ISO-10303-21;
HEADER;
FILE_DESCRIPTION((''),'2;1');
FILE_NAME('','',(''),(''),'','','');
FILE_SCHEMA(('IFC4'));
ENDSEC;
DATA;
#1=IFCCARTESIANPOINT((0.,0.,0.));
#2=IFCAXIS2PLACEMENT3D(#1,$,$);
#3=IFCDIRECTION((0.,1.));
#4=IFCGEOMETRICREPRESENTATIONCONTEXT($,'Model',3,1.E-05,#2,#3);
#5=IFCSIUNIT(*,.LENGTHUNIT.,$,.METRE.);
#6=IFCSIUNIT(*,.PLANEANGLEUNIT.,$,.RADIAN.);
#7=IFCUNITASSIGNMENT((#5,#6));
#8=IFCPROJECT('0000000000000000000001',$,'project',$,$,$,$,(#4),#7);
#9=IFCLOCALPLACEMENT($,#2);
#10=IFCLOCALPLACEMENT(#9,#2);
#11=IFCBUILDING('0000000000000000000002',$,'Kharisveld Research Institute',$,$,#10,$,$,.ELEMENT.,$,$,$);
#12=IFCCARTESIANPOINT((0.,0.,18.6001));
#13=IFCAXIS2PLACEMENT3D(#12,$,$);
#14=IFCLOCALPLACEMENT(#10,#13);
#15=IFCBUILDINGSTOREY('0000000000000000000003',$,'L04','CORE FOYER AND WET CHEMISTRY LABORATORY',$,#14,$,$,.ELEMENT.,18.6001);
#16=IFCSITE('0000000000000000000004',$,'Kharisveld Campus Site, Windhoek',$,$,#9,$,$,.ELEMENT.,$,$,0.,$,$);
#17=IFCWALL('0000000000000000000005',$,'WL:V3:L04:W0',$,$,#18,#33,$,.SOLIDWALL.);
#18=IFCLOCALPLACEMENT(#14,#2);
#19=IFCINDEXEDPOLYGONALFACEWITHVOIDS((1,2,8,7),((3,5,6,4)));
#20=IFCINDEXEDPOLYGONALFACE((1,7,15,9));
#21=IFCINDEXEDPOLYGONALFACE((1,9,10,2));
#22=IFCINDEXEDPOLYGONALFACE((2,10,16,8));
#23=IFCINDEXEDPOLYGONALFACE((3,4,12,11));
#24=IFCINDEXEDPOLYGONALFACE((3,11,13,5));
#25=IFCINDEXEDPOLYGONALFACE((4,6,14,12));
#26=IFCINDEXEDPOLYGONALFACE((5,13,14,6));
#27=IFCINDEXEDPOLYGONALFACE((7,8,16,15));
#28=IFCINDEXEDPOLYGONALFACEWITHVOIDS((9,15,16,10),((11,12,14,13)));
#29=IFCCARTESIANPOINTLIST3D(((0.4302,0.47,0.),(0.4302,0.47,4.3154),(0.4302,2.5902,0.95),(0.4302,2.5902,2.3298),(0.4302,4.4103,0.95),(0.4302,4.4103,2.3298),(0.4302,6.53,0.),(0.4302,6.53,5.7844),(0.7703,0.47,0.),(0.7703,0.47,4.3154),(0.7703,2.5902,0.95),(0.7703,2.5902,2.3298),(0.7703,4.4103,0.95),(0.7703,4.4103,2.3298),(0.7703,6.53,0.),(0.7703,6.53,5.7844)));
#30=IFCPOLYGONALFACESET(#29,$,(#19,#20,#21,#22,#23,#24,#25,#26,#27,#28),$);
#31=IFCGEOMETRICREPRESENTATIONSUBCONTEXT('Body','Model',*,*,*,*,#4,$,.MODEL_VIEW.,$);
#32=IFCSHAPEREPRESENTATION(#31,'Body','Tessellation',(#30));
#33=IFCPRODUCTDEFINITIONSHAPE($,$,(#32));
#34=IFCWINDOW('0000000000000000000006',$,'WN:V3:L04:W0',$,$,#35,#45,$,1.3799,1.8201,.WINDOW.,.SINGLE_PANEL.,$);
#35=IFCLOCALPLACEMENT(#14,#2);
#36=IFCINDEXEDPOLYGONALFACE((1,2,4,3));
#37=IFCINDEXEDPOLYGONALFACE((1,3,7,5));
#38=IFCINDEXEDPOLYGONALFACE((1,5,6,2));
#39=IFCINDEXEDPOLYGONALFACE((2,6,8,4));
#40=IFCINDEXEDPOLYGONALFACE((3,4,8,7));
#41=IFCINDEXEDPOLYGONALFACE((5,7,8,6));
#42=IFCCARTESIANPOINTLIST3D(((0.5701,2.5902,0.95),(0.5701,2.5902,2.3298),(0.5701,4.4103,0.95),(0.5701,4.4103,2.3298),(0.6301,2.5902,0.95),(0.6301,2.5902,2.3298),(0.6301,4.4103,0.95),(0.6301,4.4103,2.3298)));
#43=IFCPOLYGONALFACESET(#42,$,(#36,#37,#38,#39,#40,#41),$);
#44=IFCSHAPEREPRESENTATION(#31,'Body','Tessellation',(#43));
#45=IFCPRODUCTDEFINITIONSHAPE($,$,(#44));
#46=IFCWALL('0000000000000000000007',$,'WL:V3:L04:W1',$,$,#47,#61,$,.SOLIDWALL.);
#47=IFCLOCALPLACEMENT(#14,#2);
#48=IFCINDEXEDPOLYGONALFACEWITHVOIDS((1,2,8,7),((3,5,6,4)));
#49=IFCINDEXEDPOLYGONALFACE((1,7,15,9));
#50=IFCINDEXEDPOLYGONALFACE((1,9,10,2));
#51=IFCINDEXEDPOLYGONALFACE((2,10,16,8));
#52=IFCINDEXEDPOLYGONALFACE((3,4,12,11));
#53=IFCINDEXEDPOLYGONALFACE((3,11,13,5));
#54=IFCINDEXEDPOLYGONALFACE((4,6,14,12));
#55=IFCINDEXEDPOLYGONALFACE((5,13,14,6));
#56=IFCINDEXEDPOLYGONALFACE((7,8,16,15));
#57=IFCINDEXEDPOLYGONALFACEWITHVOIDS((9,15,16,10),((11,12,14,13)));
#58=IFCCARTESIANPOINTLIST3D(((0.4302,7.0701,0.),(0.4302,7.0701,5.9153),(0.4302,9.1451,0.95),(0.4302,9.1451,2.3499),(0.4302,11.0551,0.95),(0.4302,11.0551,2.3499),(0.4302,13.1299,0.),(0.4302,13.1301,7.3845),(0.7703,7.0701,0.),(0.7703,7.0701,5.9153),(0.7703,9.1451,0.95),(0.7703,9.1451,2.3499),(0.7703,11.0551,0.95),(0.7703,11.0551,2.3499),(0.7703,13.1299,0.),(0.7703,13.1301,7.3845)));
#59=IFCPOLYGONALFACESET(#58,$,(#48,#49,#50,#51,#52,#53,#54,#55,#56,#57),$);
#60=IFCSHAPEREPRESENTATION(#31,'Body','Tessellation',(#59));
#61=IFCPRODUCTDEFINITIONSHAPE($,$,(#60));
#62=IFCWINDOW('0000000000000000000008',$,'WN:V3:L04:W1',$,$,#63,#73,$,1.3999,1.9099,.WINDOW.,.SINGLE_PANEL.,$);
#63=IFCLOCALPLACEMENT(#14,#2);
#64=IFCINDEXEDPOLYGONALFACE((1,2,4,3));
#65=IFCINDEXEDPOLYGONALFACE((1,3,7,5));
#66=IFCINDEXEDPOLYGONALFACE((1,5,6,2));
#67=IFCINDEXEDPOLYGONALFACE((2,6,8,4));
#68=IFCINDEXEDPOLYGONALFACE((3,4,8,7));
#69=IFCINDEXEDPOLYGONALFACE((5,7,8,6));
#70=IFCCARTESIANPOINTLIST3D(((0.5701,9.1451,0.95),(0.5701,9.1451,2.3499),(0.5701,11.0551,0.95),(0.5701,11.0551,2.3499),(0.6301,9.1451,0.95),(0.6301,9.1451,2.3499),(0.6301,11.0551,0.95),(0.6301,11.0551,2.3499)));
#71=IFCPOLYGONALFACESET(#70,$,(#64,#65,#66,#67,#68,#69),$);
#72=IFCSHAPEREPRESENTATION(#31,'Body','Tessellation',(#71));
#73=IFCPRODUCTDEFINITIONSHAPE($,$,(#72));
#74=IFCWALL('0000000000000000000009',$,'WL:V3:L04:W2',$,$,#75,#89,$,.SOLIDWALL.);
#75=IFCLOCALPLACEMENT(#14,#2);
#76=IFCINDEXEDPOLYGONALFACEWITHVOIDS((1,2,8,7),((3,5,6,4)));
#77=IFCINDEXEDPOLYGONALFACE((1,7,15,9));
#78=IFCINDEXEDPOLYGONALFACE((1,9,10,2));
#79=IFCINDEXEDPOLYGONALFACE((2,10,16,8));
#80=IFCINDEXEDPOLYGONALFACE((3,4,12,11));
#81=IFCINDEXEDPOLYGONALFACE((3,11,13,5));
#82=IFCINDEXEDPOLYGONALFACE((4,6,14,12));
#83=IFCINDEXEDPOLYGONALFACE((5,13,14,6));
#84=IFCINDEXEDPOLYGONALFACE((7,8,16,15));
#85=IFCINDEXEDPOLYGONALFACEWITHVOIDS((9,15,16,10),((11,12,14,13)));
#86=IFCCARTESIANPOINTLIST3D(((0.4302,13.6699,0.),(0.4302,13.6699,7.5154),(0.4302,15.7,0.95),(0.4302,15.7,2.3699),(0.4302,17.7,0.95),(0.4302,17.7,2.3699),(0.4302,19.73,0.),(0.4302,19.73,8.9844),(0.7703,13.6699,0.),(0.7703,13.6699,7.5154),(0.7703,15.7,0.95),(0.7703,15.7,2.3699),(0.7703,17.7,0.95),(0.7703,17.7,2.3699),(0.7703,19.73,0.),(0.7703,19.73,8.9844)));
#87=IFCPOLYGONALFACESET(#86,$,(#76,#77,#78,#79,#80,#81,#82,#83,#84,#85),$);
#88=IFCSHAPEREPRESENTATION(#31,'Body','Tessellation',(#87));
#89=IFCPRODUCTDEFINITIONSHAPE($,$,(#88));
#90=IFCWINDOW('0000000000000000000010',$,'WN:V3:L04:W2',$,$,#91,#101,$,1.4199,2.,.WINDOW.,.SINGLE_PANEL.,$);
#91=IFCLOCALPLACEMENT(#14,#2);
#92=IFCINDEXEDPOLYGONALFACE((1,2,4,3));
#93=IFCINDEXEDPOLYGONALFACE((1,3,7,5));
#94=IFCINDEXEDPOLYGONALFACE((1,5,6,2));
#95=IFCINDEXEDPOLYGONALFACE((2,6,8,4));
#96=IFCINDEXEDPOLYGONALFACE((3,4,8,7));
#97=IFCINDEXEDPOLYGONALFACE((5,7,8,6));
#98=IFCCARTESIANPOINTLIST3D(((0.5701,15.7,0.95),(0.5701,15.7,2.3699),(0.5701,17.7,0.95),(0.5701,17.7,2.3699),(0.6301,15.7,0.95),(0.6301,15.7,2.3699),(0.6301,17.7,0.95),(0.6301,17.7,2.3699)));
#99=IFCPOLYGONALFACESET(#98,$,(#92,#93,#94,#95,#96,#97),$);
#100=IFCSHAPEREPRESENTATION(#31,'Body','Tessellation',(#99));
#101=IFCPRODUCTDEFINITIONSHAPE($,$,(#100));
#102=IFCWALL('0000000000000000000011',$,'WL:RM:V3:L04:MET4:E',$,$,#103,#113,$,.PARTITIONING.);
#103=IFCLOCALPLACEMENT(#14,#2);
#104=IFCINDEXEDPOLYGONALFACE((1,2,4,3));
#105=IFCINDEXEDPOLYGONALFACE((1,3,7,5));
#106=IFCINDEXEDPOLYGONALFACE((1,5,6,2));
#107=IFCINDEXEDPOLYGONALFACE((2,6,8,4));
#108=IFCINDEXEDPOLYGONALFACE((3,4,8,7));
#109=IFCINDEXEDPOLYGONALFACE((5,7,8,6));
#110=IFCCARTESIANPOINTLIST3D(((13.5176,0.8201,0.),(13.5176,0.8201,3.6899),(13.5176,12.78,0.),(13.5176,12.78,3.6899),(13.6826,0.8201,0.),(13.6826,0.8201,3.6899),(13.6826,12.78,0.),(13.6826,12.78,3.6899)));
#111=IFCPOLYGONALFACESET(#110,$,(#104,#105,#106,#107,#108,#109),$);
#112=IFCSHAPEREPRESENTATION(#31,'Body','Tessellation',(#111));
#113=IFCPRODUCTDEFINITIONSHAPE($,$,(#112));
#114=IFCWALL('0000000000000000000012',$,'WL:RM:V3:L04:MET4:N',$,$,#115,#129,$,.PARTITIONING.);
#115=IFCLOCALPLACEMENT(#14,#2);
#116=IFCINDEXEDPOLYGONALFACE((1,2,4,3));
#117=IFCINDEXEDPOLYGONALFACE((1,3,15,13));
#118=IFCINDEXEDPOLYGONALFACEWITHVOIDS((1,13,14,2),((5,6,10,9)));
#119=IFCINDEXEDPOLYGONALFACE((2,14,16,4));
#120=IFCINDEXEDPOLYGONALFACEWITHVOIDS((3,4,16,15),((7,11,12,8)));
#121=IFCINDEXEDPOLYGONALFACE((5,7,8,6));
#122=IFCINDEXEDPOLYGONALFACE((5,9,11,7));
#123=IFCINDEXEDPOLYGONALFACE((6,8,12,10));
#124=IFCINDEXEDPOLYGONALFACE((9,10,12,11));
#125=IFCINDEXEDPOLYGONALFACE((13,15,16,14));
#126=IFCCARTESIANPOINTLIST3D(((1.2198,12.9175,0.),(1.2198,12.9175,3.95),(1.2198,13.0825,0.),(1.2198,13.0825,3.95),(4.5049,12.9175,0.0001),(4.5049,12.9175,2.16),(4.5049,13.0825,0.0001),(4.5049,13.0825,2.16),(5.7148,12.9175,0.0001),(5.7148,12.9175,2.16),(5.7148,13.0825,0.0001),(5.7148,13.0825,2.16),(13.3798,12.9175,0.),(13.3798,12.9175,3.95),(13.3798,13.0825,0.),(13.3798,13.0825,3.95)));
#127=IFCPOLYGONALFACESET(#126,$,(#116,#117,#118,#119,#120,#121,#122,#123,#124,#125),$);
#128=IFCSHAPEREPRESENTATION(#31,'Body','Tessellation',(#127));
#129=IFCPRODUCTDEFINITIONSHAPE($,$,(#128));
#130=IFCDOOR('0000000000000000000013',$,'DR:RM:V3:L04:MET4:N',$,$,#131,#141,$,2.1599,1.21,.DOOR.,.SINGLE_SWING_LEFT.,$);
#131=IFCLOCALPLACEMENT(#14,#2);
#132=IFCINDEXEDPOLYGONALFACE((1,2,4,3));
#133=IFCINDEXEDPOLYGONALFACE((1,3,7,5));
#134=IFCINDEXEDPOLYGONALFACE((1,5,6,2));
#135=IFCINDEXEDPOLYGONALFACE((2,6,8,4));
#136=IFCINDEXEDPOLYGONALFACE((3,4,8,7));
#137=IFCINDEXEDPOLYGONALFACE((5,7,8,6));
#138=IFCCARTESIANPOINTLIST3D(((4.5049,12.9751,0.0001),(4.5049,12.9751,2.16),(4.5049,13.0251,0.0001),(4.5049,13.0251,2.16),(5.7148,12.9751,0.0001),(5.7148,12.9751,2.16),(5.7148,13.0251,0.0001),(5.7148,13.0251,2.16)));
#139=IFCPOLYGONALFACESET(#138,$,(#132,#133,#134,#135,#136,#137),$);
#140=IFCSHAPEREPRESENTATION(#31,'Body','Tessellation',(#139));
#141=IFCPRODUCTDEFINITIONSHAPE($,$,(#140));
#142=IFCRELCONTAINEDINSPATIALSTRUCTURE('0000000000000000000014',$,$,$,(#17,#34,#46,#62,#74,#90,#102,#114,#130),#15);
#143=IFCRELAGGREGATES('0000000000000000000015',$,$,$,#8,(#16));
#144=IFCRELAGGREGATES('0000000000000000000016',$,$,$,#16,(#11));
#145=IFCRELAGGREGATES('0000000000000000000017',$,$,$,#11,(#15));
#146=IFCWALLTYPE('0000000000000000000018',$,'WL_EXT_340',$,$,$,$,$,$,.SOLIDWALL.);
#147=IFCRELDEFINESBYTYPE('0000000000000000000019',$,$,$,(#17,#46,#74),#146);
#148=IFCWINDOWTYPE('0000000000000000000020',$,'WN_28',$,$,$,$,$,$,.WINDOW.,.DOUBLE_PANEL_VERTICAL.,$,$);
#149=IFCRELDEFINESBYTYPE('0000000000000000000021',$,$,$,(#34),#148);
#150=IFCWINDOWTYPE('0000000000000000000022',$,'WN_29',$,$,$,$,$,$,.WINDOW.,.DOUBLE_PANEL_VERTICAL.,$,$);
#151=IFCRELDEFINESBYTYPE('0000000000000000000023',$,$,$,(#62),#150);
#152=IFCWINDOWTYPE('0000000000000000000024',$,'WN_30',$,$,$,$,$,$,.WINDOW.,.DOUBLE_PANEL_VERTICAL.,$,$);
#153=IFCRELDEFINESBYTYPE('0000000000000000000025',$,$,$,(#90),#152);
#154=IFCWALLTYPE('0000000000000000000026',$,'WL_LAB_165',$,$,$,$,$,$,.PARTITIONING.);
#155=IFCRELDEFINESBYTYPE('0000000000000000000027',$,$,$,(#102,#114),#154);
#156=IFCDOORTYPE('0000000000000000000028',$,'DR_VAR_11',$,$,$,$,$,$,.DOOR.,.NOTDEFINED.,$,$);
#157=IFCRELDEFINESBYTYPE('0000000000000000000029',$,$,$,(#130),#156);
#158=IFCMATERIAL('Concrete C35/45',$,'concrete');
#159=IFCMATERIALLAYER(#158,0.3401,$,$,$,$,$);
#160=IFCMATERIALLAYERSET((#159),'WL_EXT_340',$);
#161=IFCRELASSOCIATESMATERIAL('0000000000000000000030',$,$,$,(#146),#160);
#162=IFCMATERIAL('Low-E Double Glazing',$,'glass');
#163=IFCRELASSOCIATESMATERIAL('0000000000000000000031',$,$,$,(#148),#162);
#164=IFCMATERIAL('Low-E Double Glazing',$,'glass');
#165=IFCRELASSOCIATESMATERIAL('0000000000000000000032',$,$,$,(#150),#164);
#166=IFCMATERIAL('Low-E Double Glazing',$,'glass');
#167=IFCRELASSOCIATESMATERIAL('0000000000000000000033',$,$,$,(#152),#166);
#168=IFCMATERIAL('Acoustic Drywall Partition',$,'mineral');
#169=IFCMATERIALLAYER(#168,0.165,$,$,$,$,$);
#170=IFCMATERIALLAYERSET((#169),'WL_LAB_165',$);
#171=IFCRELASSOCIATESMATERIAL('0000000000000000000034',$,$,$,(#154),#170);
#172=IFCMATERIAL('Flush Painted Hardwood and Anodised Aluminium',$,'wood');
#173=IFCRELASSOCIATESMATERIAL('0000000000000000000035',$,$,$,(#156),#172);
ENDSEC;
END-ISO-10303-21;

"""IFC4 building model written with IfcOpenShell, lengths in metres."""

from ifc_helpers import new_model, si_unit, direction, frame, frame_2d, origin, place, context, subcontext, project, spatial, polyline, rectangle, outline, extrude, material, layer, layer_set, type_object, element, fill, save


model = new_model("IFC4")

# Units and contexts
model_context = context("Model", 3, precision=1e-05, world=origin(), true_north=direction((0.0, 1.0)))
body_context = subcontext(model_context, "Body", "Model", "MODEL_VIEW")
ifc_project = project(units=[si_unit("LENGTHUNIT", "METRE"), si_unit("PLANEANGLEUNIT", "RADIAN")], contexts=[model_context])

# Site, building, storey
site_placement = place(None, origin())
site = spatial("IfcSite", under=ifc_project, at=site_placement, Name="Kharisveld Campus Site, Windhoek", CompositionType="ELEMENT", RefElevation=0.0)
building_placement = place(site_placement, origin())
building = spatial("IfcBuilding", under=site, at=building_placement, Name="Kharisveld Research Institute", CompositionType="ELEMENT")
storey_placement = place(building_placement, frame((0.0, 0.0, 18.6001)))
storey = spatial("IfcBuildingStorey", under=building, at=storey_placement, Name="L04", Description="CORE FOYER AND WET CHEMISTRY LABORATORY", CompositionType="ELEMENT", Elevation=18.6001)

# Walls, openings, windows
ifc_material_1 = material(Name="Concrete C35/45", Category="concrete")
ifc_layer_1 = layer(ifc_material_1, 0.3401)
ifc_layer_set_1 = layer_set([ifc_layer_1], Name="WL_EXT_340")
wall_type_1 = type_object("IfcWallType", Name="WL_EXT_340", PredefinedType="SOLIDWALL", material=ifc_layer_set_1)
wall_1_placement = place(storey_placement, frame((0.6001, 0.47, 0.0), z_axis=(0.0, 0.0, 1.0), x_axis=(0.0, 1.0, 0.0)))
wall_1 = element("IfcWall", 1, at=wall_1_placement, inside=storey, type_object=wall_type_1, Name="WL:V3:L04:W0", PredefinedType="SOLIDWALL", context=body_context, shape_type="SweptSolid", body=[
    extrude(outline(polyline([(0.0, 0.0), (6.0601, 0.0), (6.0601, 5.7844), (0.0, 4.3154), (0.0, 0.0)])), frame((0.0, 0.1699, 0.0), z_axis=(0.0, -1.0, 0.0), x_axis=(1.0, 0.0, 0.0)), (0.0, 0.0, 1.0), 0.3401),
])
opening_1_placement = place(wall_1_placement, frame((2.1201, 0.0, 0.95)))
opening_1 = element("IfcOpeningElement", 2, at=opening_1_placement, cuts=wall_1, PredefinedType="OPENING", context=body_context, shape_type="SweptSolid", body=[
    extrude(rectangle(XDim=1.8201, YDim=1.3799, at=frame_2d((0.9102, 0.6899))), frame((0.0, 0.1699, 0.0), z_axis=(0.0, -1.0, 0.0), x_axis=(1.0, 0.0, 0.0)), (0.0, 0.0, 1.0), 0.3401),
])
ifc_material_2 = material(Name="Low-E Double Glazing", Category="glass")
window_type_1 = type_object("IfcWindowType", Name="WN_28", PartitioningType="DOUBLE_PANEL_VERTICAL", PredefinedType="WINDOW", material=ifc_material_2)
window_1_placement = place(opening_1_placement, origin())
window_1 = element("IfcWindow", 3, at=window_1_placement, inside=storey, type_object=window_type_1, Name="WN:V3:L04:W0", OverallHeight=1.3799, OverallWidth=1.8201, PartitioningType="SINGLE_PANEL", PredefinedType="WINDOW", context=body_context, shape_type="SweptSolid", body=[
    extrude(rectangle(XDim=1.8201, YDim=1.3799, at=frame_2d((0.9102, 0.6899))), frame((0.0, 0.03, 0.0), z_axis=(0.0, -1.0, 0.0), x_axis=(1.0, 0.0, 0.0)), (0.0, 0.0, 1.0), 0.0601),
])
fill(opening_1, window_1)
wall_2_placement = place(storey_placement, frame((0.6001, 7.0701, 0.0), z_axis=(0.0, 0.0, 1.0), x_axis=(0.0, 1.0, 0.0)))
wall_2 = element("IfcWall", 4, at=wall_2_placement, inside=storey, type_object=wall_type_1, Name="WL:V3:L04:W1", PredefinedType="SOLIDWALL", context=body_context, shape_type="SweptSolid", body=[
    extrude(outline(polyline([(0.0, 0.0), (6.0598, 0.0), (6.0601, 7.3845), (0.0, 5.9153), (0.0, 0.0)])), frame((0.0, 0.1699, 0.0), z_axis=(0.0, -1.0, 0.0), x_axis=(1.0, 0.0, 0.0)), (0.0, 0.0, 1.0), 0.3401),
])
opening_2_placement = place(wall_2_placement, frame((2.075, 0.0, 0.95)))
opening_2 = element("IfcOpeningElement", 5, at=opening_2_placement, cuts=wall_2, PredefinedType="OPENING", context=body_context, shape_type="SweptSolid", body=[
    extrude(rectangle(XDim=1.9099, YDim=1.3999, at=frame_2d((0.9551, 0.7))), frame((0.0, 0.1699, 0.0), z_axis=(0.0, -1.0, 0.0), x_axis=(1.0, 0.0, 0.0)), (0.0, 0.0, 1.0), 0.3401),
])
ifc_material_3 = material(Name="Low-E Double Glazing", Category="glass")
window_type_2 = type_object("IfcWindowType", Name="WN_29", PartitioningType="DOUBLE_PANEL_VERTICAL", PredefinedType="WINDOW", material=ifc_material_3)
window_2_placement = place(opening_2_placement, origin())
window_2 = element("IfcWindow", 6, at=window_2_placement, inside=storey, type_object=window_type_2, Name="WN:V3:L04:W1", OverallHeight=1.3999, OverallWidth=1.9099, PartitioningType="SINGLE_PANEL", PredefinedType="WINDOW", context=body_context, shape_type="SweptSolid", body=[
    extrude(rectangle(XDim=1.9099, YDim=1.3999, at=frame_2d((0.9551, 0.7))), frame((0.0, 0.03, 0.0), z_axis=(0.0, -1.0, 0.0), x_axis=(1.0, 0.0, 0.0)), (0.0, 0.0, 1.0), 0.0601),
])
fill(opening_2, window_2)
wall_3_placement = place(storey_placement, frame((0.6001, 13.6699, 0.0), z_axis=(0.0, 0.0, 1.0), x_axis=(0.0, 1.0, 0.0)))
wall_3 = element("IfcWall", 7, at=wall_3_placement, inside=storey, type_object=wall_type_1, Name="WL:V3:L04:W2", PredefinedType="SOLIDWALL", context=body_context, shape_type="SweptSolid", body=[
    extrude(outline(polyline([(0.0, 0.0), (6.0601, 0.0), (6.0601, 8.9844), (0.0, 7.5154), (0.0, 0.0)])), frame((0.0, 0.1699, 0.0), z_axis=(0.0, -1.0, 0.0), x_axis=(1.0, 0.0, 0.0)), (0.0, 0.0, 1.0), 0.3401),
])
opening_3_placement = place(wall_3_placement, frame((2.03, 0.0, 0.95)))
opening_3 = element("IfcOpeningElement", 8, at=opening_3_placement, cuts=wall_3, PredefinedType="OPENING", context=body_context, shape_type="SweptSolid", body=[
    extrude(rectangle(XDim=2.0, YDim=1.4199, at=frame_2d((1.0, 0.71))), frame((0.0, 0.1699, 0.0), z_axis=(0.0, -1.0, 0.0), x_axis=(1.0, 0.0, 0.0)), (0.0, 0.0, 1.0), 0.3401),
])
ifc_material_4 = material(Name="Low-E Double Glazing", Category="glass")
window_type_3 = type_object("IfcWindowType", Name="WN_30", PartitioningType="DOUBLE_PANEL_VERTICAL", PredefinedType="WINDOW", material=ifc_material_4)
window_3_placement = place(opening_3_placement, origin())
window_3 = element("IfcWindow", 9, at=window_3_placement, inside=storey, type_object=window_type_3, Name="WN:V3:L04:W2", OverallHeight=1.4199, OverallWidth=2.0, PartitioningType="SINGLE_PANEL", PredefinedType="WINDOW", context=body_context, shape_type="SweptSolid", body=[
    extrude(rectangle(XDim=2.0, YDim=1.4199, at=frame_2d((1.0, 0.71))), frame((0.0, 0.03, 0.0), z_axis=(0.0, -1.0, 0.0), x_axis=(1.0, 0.0, 0.0)), (0.0, 0.0, 1.0), 0.0601),
])
fill(opening_3, window_3)

# Wall
ifc_material_5 = material(Name="Acoustic Drywall Partition", Category="mineral")
ifc_layer_2 = layer(ifc_material_5, 0.165)
ifc_layer_set_2 = layer_set([ifc_layer_2], Name="WL_LAB_165")
wall_type_2 = type_object("IfcWallType", Name="WL_LAB_165", PredefinedType="PARTITIONING", material=ifc_layer_set_2)
wall_4_placement = place(storey_placement, frame((13.6001, 0.8201, 0.0), z_axis=(0.0, 0.0, 1.0), x_axis=(0.0, 1.0, 0.0)))
element("IfcWall", 10, at=wall_4_placement, inside=storey, type_object=wall_type_2, Name="WL:RM:V3:L04:MET4:E", PredefinedType="PARTITIONING", context=body_context, shape_type="SweptSolid", body=[
    extrude(rectangle(XDim=11.96, YDim=0.165, at=frame_2d((5.98, 0.0))), origin(), (0.0, 0.0, 1.0), 3.6899),
])

# Wall, opening, door
wall_5_placement = place(storey_placement, frame((13.3799, 13.0, 0.0), z_axis=(0.0, 0.0, 1.0), x_axis=(-1.0, 0.0, 0.0)))
wall_5 = element("IfcWall", 11, at=wall_5_placement, inside=storey, type_object=wall_type_2, Name="WL:RM:V3:L04:MET4:N", PredefinedType="PARTITIONING", context=body_context, shape_type="SweptSolid", body=[
    extrude(rectangle(XDim=12.1599, YDim=0.165, at=frame_2d((6.0801, 0.0))), origin(), (0.0, 0.0, 1.0), 3.95),
])
opening_4_placement = place(wall_5_placement, frame((7.665, 0.0, 0.0)))
opening_4 = element("IfcOpeningElement", 12, at=opening_4_placement, cuts=wall_5, PredefinedType="OPENING", context=body_context, shape_type="SweptSolid", body=[
    extrude(rectangle(XDim=1.21, YDim=2.1599, at=frame_2d((0.605, 1.0801))), frame((0.0, 0.0825, 0.0), z_axis=(0.0, -1.0, 0.0), x_axis=(1.0, 0.0, 0.0)), (0.0, 0.0, 1.0), 0.165),
])
ifc_material_6 = material(Name="Flush Painted Hardwood and Anodised Aluminium", Category="wood")
door_type_1 = type_object("IfcDoorType", Name="DR_VAR_11", OperationType="NOTDEFINED", PredefinedType="DOOR", material=ifc_material_6)
door_1_placement = place(opening_4_placement, origin())
door_1 = element("IfcDoor", 13, at=door_1_placement, inside=storey, type_object=door_type_1, Name="DR:RM:V3:L04:MET4:N", OperationType="SINGLE_SWING_LEFT", OverallHeight=2.1599, OverallWidth=1.21, PredefinedType="DOOR", context=body_context, shape_type="SweptSolid", body=[
    extrude(rectangle(XDim=1.21, YDim=2.1599, at=frame_2d((0.605, 1.0801))), frame((0.0, 0.0249, 0.0), z_axis=(0.0, -1.0, 0.0), x_axis=(1.0, 0.0, 0.0)), (0.0, 0.0, 1.0), 0.05),
])
fill(opening_4, door_1)

save(model, "model.ifc")
